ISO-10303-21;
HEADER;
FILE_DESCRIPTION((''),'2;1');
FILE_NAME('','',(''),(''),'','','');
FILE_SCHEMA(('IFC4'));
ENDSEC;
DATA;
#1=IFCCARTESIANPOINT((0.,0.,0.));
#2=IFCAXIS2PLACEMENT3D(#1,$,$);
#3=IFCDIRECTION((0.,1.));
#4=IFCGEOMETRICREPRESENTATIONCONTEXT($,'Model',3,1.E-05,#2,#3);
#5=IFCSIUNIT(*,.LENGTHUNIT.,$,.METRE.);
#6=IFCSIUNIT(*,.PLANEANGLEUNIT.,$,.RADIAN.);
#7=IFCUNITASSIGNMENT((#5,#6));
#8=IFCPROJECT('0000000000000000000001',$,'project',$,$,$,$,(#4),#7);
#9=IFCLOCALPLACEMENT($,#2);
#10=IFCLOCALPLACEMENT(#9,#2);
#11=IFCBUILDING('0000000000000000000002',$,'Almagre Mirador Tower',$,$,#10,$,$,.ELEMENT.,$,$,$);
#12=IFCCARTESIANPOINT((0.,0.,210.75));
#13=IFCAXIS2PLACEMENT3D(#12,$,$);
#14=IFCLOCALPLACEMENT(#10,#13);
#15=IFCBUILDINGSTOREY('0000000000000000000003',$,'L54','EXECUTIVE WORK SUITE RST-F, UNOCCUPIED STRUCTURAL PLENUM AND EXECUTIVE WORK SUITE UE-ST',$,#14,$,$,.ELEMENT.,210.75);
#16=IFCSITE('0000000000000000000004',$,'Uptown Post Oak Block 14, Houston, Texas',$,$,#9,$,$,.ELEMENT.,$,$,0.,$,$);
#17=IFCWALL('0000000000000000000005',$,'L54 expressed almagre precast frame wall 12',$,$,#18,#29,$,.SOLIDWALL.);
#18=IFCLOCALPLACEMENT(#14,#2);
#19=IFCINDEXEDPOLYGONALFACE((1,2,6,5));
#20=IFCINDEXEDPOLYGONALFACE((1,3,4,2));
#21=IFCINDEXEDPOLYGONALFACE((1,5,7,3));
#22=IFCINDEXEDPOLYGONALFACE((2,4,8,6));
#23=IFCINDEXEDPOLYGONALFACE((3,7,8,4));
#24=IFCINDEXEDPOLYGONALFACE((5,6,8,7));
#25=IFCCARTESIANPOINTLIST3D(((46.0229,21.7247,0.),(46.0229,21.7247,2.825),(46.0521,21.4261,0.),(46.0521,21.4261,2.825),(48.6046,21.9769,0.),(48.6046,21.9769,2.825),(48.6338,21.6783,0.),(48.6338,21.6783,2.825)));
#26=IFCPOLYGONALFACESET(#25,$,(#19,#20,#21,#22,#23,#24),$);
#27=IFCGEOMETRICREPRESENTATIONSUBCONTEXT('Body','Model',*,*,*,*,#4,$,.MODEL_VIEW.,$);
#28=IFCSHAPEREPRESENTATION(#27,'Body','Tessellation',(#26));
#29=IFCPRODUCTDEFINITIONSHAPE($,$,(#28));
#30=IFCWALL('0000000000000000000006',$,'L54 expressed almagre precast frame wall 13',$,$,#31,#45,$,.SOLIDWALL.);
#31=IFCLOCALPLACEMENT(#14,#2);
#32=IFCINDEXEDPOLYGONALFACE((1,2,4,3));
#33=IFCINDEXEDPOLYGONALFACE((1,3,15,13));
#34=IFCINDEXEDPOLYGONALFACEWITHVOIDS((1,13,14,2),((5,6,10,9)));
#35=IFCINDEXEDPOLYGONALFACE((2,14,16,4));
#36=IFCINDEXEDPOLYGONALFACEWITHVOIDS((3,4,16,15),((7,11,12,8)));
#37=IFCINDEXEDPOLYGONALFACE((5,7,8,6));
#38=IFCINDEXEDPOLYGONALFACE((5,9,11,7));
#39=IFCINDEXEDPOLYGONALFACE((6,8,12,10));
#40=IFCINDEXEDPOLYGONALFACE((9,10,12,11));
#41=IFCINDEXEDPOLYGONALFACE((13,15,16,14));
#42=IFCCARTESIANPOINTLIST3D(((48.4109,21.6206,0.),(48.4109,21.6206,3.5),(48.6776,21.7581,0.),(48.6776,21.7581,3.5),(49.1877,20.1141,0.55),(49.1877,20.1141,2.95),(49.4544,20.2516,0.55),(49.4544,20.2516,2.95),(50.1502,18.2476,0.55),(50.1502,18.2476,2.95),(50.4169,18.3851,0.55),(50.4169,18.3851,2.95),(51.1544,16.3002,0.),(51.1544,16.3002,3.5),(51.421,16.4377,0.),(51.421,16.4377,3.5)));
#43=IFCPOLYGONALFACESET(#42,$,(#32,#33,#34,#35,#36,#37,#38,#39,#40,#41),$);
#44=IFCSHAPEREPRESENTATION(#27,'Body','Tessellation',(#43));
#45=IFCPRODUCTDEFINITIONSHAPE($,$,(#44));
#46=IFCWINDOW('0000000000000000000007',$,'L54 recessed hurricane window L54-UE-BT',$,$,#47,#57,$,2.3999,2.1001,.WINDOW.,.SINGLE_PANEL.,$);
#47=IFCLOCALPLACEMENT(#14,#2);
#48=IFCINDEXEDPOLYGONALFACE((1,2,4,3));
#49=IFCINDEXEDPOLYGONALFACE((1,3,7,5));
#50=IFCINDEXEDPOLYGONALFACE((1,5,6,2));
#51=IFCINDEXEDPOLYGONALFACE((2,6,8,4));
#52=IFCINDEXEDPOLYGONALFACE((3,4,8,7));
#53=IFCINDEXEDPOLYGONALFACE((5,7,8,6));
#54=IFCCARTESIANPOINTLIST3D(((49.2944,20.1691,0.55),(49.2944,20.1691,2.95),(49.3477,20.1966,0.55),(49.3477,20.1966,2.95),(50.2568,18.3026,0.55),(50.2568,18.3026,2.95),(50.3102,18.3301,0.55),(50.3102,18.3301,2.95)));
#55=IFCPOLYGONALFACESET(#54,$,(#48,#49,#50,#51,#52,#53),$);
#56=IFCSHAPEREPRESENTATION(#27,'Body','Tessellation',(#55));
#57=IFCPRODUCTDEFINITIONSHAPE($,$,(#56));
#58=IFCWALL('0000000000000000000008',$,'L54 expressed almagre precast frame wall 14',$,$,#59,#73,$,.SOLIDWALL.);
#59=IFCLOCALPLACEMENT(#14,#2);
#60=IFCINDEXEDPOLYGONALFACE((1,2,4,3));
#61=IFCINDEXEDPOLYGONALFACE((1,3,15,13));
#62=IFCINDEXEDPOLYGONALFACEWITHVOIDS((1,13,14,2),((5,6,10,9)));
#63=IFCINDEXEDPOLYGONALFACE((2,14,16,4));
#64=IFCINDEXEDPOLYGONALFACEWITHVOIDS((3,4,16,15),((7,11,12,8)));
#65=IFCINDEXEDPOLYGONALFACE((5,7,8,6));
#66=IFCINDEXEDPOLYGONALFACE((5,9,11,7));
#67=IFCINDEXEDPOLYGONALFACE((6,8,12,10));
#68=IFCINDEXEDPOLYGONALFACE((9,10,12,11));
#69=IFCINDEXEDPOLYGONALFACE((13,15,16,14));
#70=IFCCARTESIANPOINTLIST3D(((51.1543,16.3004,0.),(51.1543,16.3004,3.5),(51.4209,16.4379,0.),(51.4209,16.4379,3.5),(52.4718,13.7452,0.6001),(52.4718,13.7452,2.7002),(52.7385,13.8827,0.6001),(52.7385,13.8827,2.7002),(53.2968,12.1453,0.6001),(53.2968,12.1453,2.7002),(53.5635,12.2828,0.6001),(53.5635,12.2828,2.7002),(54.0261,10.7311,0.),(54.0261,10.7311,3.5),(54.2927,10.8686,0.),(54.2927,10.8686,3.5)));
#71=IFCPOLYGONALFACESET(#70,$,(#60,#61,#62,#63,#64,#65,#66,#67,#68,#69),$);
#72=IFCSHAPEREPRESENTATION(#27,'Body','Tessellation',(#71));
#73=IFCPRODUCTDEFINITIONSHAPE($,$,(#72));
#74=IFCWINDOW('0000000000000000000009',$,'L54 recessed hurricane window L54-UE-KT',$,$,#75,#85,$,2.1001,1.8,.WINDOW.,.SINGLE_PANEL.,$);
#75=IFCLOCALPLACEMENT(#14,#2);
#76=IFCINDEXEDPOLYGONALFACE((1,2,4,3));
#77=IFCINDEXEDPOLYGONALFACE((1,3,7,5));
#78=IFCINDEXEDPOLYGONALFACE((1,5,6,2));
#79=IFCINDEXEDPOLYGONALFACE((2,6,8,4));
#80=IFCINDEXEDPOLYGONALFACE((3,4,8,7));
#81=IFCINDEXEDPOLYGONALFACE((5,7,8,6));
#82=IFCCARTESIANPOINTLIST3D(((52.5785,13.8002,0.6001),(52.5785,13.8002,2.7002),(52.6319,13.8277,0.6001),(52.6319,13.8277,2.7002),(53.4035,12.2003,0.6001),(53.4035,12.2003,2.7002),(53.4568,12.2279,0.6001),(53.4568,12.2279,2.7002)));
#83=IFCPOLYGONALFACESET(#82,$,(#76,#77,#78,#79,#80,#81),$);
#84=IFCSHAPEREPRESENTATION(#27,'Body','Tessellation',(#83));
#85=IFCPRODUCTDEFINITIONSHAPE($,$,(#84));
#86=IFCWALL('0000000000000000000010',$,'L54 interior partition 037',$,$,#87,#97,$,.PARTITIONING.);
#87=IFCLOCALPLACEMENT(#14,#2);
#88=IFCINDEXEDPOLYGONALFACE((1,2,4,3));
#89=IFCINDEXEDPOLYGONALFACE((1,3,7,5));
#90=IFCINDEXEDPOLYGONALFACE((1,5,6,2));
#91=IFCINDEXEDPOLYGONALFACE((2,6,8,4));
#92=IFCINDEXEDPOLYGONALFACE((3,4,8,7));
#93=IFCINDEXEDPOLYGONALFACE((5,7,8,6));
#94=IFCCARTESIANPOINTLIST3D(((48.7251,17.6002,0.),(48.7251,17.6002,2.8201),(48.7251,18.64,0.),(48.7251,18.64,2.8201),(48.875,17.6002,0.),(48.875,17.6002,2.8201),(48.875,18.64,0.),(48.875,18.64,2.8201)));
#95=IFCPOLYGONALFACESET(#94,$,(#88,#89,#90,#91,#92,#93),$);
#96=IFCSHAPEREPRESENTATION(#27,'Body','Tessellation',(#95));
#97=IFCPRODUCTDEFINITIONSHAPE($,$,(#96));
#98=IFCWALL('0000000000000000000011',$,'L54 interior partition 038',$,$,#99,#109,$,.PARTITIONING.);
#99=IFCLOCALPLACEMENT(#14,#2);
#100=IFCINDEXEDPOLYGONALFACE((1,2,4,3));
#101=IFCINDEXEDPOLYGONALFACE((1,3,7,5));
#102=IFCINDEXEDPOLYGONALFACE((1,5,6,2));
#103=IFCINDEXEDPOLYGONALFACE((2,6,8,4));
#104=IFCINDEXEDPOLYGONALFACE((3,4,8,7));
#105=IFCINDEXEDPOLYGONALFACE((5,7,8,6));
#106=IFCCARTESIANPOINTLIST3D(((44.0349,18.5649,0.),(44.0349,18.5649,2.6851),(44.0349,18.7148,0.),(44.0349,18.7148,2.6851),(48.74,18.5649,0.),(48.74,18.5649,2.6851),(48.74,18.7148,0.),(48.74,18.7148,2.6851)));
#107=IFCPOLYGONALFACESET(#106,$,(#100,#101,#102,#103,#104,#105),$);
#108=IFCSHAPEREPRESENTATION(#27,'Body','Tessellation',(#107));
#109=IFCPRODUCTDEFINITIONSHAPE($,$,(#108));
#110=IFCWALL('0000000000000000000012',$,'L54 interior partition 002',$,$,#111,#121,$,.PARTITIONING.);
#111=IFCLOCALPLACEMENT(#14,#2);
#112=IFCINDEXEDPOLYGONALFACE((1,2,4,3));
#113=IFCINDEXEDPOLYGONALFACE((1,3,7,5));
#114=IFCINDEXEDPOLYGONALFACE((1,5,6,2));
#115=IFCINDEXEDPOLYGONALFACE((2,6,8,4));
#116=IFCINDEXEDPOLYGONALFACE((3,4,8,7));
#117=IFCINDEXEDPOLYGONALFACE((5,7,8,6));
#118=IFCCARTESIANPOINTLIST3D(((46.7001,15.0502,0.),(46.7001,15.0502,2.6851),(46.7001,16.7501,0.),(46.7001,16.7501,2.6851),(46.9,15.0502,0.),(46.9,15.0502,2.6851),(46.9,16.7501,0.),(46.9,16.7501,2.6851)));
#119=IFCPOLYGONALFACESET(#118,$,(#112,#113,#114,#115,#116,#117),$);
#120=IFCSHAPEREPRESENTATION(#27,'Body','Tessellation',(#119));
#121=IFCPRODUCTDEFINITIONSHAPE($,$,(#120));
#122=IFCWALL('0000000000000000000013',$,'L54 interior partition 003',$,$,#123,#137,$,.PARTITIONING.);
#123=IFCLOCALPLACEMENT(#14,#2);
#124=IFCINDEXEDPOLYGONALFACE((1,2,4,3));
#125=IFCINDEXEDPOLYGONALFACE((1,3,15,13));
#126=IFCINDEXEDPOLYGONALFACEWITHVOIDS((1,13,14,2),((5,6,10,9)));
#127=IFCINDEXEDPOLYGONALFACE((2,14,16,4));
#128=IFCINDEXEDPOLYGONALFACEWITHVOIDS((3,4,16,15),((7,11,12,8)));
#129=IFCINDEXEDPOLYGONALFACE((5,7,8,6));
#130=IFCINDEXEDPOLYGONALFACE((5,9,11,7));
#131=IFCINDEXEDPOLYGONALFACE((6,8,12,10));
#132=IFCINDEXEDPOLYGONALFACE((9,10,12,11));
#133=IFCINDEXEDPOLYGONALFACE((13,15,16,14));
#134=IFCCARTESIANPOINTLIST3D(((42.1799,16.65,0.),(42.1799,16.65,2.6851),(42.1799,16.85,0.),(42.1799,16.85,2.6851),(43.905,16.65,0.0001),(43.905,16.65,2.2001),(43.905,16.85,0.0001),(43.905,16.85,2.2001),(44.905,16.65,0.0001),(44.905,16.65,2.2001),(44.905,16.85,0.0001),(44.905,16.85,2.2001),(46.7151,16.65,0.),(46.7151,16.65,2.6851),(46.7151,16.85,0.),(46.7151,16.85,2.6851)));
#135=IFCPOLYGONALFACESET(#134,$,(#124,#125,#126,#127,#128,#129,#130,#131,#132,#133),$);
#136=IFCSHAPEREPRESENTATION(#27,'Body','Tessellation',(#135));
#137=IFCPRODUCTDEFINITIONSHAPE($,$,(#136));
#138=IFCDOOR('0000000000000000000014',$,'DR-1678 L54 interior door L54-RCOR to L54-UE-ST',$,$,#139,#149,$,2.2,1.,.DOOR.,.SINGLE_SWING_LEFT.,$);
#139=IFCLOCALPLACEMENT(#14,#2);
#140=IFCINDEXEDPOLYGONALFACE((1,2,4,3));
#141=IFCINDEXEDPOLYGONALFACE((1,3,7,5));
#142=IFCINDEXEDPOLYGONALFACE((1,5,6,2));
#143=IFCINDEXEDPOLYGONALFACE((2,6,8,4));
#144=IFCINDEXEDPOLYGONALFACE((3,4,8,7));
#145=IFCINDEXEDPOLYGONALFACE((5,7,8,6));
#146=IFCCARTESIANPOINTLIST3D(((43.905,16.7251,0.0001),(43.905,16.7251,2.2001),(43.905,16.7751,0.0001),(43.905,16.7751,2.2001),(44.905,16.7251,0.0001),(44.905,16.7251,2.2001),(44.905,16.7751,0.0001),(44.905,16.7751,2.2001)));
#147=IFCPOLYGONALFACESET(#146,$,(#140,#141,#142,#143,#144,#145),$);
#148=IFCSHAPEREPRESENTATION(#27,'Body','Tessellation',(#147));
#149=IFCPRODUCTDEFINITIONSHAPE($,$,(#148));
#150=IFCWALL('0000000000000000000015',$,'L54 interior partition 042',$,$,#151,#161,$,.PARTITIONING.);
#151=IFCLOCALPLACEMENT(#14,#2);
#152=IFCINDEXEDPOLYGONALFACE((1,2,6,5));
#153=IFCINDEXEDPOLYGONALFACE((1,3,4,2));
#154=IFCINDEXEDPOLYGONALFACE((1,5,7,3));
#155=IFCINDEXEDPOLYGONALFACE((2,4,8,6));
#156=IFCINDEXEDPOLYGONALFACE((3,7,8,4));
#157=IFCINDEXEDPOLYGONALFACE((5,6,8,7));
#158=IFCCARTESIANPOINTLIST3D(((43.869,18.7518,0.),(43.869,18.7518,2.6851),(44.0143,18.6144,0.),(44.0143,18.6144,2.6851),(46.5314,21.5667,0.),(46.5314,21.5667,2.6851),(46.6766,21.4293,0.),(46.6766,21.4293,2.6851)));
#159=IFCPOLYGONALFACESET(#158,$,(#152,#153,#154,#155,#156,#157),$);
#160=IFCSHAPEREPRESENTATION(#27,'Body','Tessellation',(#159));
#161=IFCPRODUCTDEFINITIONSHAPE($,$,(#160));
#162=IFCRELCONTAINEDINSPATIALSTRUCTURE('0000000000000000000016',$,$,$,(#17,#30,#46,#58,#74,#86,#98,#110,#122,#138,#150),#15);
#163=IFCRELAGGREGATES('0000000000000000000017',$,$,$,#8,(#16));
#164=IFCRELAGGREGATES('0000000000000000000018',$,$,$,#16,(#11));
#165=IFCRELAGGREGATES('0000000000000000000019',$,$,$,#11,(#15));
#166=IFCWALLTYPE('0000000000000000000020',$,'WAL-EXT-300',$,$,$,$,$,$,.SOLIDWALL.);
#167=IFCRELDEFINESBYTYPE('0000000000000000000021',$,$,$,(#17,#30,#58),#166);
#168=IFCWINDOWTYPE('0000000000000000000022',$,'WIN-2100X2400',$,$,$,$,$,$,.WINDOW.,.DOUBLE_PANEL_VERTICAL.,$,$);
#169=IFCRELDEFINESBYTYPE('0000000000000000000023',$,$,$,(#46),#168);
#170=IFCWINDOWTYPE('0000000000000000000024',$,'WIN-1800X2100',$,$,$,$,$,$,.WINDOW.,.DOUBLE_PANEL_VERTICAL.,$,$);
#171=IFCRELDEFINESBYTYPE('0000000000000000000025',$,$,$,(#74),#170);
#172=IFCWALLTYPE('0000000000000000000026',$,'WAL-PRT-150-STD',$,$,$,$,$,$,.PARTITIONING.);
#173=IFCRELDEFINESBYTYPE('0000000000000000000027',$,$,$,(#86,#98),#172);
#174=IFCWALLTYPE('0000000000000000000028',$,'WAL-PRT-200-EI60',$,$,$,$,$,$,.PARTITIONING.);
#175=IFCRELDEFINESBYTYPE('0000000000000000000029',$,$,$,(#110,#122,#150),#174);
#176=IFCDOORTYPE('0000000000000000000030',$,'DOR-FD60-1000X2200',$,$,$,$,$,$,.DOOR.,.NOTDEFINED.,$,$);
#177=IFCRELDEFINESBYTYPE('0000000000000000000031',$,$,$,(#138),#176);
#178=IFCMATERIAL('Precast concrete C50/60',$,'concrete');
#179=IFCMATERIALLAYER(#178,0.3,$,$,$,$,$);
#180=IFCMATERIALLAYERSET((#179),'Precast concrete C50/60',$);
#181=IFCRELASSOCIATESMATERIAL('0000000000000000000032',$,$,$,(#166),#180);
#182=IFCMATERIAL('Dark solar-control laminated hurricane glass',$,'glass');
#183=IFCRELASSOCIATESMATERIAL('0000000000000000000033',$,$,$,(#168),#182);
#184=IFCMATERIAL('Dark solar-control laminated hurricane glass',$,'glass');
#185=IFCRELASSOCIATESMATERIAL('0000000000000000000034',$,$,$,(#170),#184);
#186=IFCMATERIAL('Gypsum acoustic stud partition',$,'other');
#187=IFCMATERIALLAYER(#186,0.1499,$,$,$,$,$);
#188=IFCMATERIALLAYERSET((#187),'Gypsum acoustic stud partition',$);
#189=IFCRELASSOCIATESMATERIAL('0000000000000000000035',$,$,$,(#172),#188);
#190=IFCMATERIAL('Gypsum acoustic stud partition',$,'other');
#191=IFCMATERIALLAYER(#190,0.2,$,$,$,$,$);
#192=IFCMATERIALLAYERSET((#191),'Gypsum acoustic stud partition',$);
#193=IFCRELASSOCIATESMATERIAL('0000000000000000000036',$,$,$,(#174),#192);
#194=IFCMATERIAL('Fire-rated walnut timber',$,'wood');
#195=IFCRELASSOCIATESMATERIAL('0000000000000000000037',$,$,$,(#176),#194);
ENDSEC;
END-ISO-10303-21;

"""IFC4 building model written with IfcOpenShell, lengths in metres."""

from ifc_helpers import new_model, si_unit, direction, frame, frame_2d, origin, place, context, subcontext, project, spatial, rectangle, extrude, material, layer, layer_set, type_object, element, fill, save


model = new_model("IFC4")

# Units and contexts
model_context = context("Model", 3, precision=1e-05, world=origin(), true_north=direction((0.0, 1.0)))
body_context = subcontext(model_context, "Body", "Model", "MODEL_VIEW")
ifc_project = project(units=[si_unit("LENGTHUNIT", "METRE"), si_unit("PLANEANGLEUNIT", "RADIAN")], contexts=[model_context])

# Site, building, storey
site_placement = place(None, origin())
site = spatial("IfcSite", under=ifc_project, at=site_placement, Name="Uptown Post Oak Block 14, Houston, Texas", CompositionType="ELEMENT", RefElevation=0.0)
building_placement = place(site_placement, origin())
building = spatial("IfcBuilding", under=site, at=building_placement, Name="Almagre Mirador Tower", CompositionType="ELEMENT")
storey_placement = place(building_placement, frame((0.0, 0.0, 210.75)))
storey = spatial("IfcBuildingStorey", under=building, at=storey_placement, Name="L54", Description="EXECUTIVE WORK SUITE RST-F, UNOCCUPIED STRUCTURAL PLENUM AND EXECUTIVE WORK SUITE UE-ST", CompositionType="ELEMENT", Elevation=210.75)

# Wall
ifc_material_1 = material(Name="Precast concrete C50/60", Category="concrete")
ifc_layer_1 = layer(ifc_material_1, 0.3)
ifc_layer_set_1 = layer_set([ifc_layer_1], Name="Precast concrete C50/60")
wall_type_1 = type_object("IfcWallType", Name="WAL-EXT-300", PredefinedType="SOLIDWALL", material=ifc_layer_set_1)
wall_1_placement = place(storey_placement, frame((46.0376, 21.5754, 0.0), z_axis=(0.0, 0.0, 1.0), x_axis=(0.995263, 0.09722, 0.0)))
element("IfcWall", 1, at=wall_1_placement, inside=storey, type_object=wall_type_1, Name="L54 expressed almagre precast frame wall 12", PredefinedType="SOLIDWALL", context=body_context, shape_type="SweptSolid", body=[
    extrude(rectangle(XDim=2.594, YDim=0.3, at=frame_2d((1.2969, 0.0))), origin(), (0.0, 0.0, 1.0), 2.825),
])

# Walls, openings, windows
wall_2_placement = place(storey_placement, frame((48.5442, 21.6895, 0.0), z_axis=(0.0, 0.0, 1.0), x_axis=(0.458305, -0.888795, 0.0)))
wall_2 = element("IfcWall", 2, at=wall_2_placement, inside=storey, type_object=wall_type_1, Name="L54 expressed almagre precast frame wall 13", PredefinedType="SOLIDWALL", context=body_context, shape_type="SweptSolid", body=[
    extrude(rectangle(XDim=5.9861, YDim=0.3, at=frame_2d((2.9932, 0.0))), origin(), (0.0, 0.0, 1.0), 3.5),
])
opening_1_placement = place(wall_2_placement, frame((1.6951, 0.0, 0.55)))
opening_1 = element("IfcOpeningElement", 3, at=opening_1_placement, cuts=wall_2, PredefinedType="OPENING", context=body_context, shape_type="SweptSolid", body=[
    extrude(rectangle(XDim=2.1001, YDim=2.3999, at=frame_2d((1.05, 1.2))), frame((0.0, 0.1599, 0.0), z_axis=(0.0, -1.0, 0.0), x_axis=(1.0, 0.0, 0.0)), (0.0, 0.0, 1.0), 0.32),
])
ifc_material_2 = material(Name="Dark solar-control laminated hurricane glass", Category="glass")
window_type_1 = type_object("IfcWindowType", Name="WIN-2100X2400", PartitioningType="DOUBLE_PANEL_VERTICAL", PredefinedType="WINDOW", material=ifc_material_2)
window_1_placement = place(opening_1_placement, origin())
window_1 = element("IfcWindow", 4, at=window_1_placement, inside=storey, type_object=window_type_1, Name="L54 recessed hurricane window L54-UE-BT", OverallHeight=2.3999, OverallWidth=2.1001, PartitioningType="SINGLE_PANEL", PredefinedType="WINDOW", context=body_context, shape_type="SweptSolid", body=[
    extrude(rectangle(XDim=2.1001, YDim=2.3999, at=frame_2d((1.05, 1.2))), frame((0.0, 0.03, 0.0), z_axis=(0.0, -1.0, 0.0), x_axis=(1.0, 0.0, 0.0)), (0.0, 0.0, 1.0), 0.0601),
])
fill(opening_1, window_1)
wall_3_placement = place(storey_placement, frame((51.2876, 16.3691, 0.0), z_axis=(0.0, 0.0, 1.0), x_axis=(0.458306, -0.888794, 0.0)))
wall_3 = element("IfcWall", 5, at=wall_3_placement, inside=storey, type_object=wall_type_1, Name="L54 expressed almagre precast frame wall 14", PredefinedType="SOLIDWALL", context=body_context, shape_type="SweptSolid", body=[
    extrude(rectangle(XDim=6.2661, YDim=0.3, at=frame_2d((3.1331, 0.0))), origin(), (0.0, 0.0, 1.0), 3.5),
])
opening_2_placement = place(wall_3_placement, frame((2.875, 0.0, 0.6001)))
opening_2 = element("IfcOpeningElement", 6, at=opening_2_placement, cuts=wall_3, PredefinedType="OPENING", context=body_context, shape_type="SweptSolid", body=[
    extrude(rectangle(XDim=1.8, YDim=2.1001, at=frame_2d((0.8999, 1.05))), frame((0.0, 0.1599, 0.0), z_axis=(0.0, -1.0, 0.0), x_axis=(1.0, 0.0, 0.0)), (0.0, 0.0, 1.0), 0.32),
])
ifc_material_3 = material(Name="Dark solar-control laminated hurricane glass", Category="glass")
window_type_2 = type_object("IfcWindowType", Name="WIN-1800X2100", PartitioningType="DOUBLE_PANEL_VERTICAL", PredefinedType="WINDOW", material=ifc_material_3)
window_2_placement = place(opening_2_placement, origin())
window_2 = element("IfcWindow", 7, at=window_2_placement, inside=storey, type_object=window_type_2, Name="L54 recessed hurricane window L54-UE-KT", OverallHeight=2.1001, OverallWidth=1.8, PartitioningType="SINGLE_PANEL", PredefinedType="WINDOW", context=body_context, shape_type="SweptSolid", body=[
    extrude(rectangle(XDim=1.8, YDim=2.1001, at=frame_2d((0.8999, 1.05))), frame((0.0, 0.03, 0.0), z_axis=(0.0, -1.0, 0.0), x_axis=(1.0, 0.0, 0.0)), (0.0, 0.0, 1.0), 0.0601),
])
fill(opening_2, window_2)

# Walls
ifc_material_4 = material(Name="Gypsum acoustic stud partition", Category="other")
ifc_layer_2 = layer(ifc_material_4, 0.1499)
ifc_layer_set_2 = layer_set([ifc_layer_2], Name="Gypsum acoustic stud partition")
wall_type_2 = type_object("IfcWallType", Name="WAL-PRT-150-STD", PredefinedType="PARTITIONING", material=ifc_layer_set_2)
wall_4_placement = place(storey_placement, frame((48.8, 17.6001, 0.0), z_axis=(0.0, 0.0, 1.0), x_axis=(0.0, 1.0, 0.0)))
element("IfcWall", 8, at=wall_4_placement, inside=storey, type_object=wall_type_2, Name="L54 interior partition 037", PredefinedType="PARTITIONING", context=body_context, shape_type="SweptSolid", body=[
    extrude(rectangle(XDim=1.0398, YDim=0.1499, at=frame_2d((0.52, 0.0))), origin(), (0.0, 0.0, 1.0), 2.8201),
])
wall_5_placement = place(storey_placement, frame((48.74, 18.6399, 0.0), z_axis=(0.0, 0.0, 1.0), x_axis=(-1.0, 0.0, 0.0)))
element("IfcWall", 9, at=wall_5_placement, inside=storey, type_object=wall_type_2, Name="L54 interior partition 038", PredefinedType="PARTITIONING", context=body_context, shape_type="SweptSolid", body=[
    extrude(rectangle(XDim=4.7051, YDim=0.1499, at=frame_2d((2.3525, 0.0))), origin(), (0.0, 0.0, 1.0), 2.6851),
])
ifc_material_5 = material(Name="Gypsum acoustic stud partition", Category="other")
ifc_layer_3 = layer(ifc_material_5, 0.2)
ifc_layer_set_3 = layer_set([ifc_layer_3], Name="Gypsum acoustic stud partition")
wall_type_3 = type_object("IfcWallType", Name="WAL-PRT-200-EI60", PredefinedType="PARTITIONING", material=ifc_layer_set_3)
wall_6_placement = place(storey_placement, frame((46.8, 15.05, 0.0), z_axis=(0.0, 0.0, 1.0), x_axis=(0.0, 1.0, 0.0)))
element("IfcWall", 10, at=wall_6_placement, inside=storey, type_object=wall_type_3, Name="L54 interior partition 002", PredefinedType="PARTITIONING", context=body_context, shape_type="SweptSolid", body=[
    extrude(rectangle(XDim=1.7, YDim=0.2, at=frame_2d((0.8501, 0.0))), origin(), (0.0, 0.0, 1.0), 2.6851),
])

# Wall, opening, door
wall_7_placement = place(storey_placement, frame((46.7151, 16.75, 0.0), z_axis=(0.0, 0.0, 1.0), x_axis=(-1.0, 0.0, 0.0)))
wall_7 = element("IfcWall", 11, at=wall_7_placement, inside=storey, type_object=wall_type_3, Name="L54 interior partition 003", PredefinedType="PARTITIONING", context=body_context, shape_type="SweptSolid", body=[
    extrude(rectangle(XDim=4.5352, YDim=0.2, at=frame_2d((2.2676, 0.0))), origin(), (0.0, 0.0, 1.0), 2.6851),
])
opening_3_placement = place(wall_7_placement, frame((1.8101, 0.0, 0.0)))
opening_3 = element("IfcOpeningElement", 12, at=opening_3_placement, cuts=wall_7, PredefinedType="OPENING", context=body_context, shape_type="SweptSolid", body=[
    extrude(rectangle(XDim=1.0, YDim=2.2, at=frame_2d((0.5, 1.1001))), frame((0.0, 0.1101, 0.0), z_axis=(0.0, -1.0, 0.0), x_axis=(1.0, 0.0, 0.0)), (0.0, 0.0, 1.0), 0.22),
])
ifc_material_6 = material(Name="Fire-rated walnut timber", Category="wood")
door_type = type_object("IfcDoorType", Name="DOR-FD60-1000X2200", OperationType="NOTDEFINED", PredefinedType="DOOR", material=ifc_material_6)
door_placement = place(opening_3_placement, origin())
door = element("IfcDoor", 13, at=door_placement, inside=storey, type_object=door_type, Name="DR-1678 L54 interior door L54-RCOR to L54-UE-ST", OperationType="SINGLE_SWING_LEFT", OverallHeight=2.2, OverallWidth=1.0, PredefinedType="DOOR", context=body_context, shape_type="SweptSolid", body=[
    extrude(rectangle(XDim=1.0, YDim=2.2, at=frame_2d((0.5, 1.1001))), frame((0.0, 0.0249, 0.0), z_axis=(0.0, -1.0, 0.0), x_axis=(1.0, 0.0, 0.0)), (0.0, 0.0, 1.0), 0.05),
])
fill(opening_3, door)

# Wall
wall_8_placement = place(storey_placement, frame((46.604, 21.498, 0.0), z_axis=(0.0, 0.0, 1.0), x_axis=(-0.687141, -0.726524, 0.0)))
element("IfcWall", 14, at=wall_8_placement, inside=storey, type_object=wall_type_3, Name="L54 interior partition 042", PredefinedType="PARTITIONING", context=body_context, shape_type="SweptSolid", body=[
    extrude(rectangle(XDim=3.8745, YDim=0.2, at=frame_2d((1.9373, 0.0))), origin(), (0.0, 0.0, 1.0), 2.6851),
])

save(model, "model.ifc")
